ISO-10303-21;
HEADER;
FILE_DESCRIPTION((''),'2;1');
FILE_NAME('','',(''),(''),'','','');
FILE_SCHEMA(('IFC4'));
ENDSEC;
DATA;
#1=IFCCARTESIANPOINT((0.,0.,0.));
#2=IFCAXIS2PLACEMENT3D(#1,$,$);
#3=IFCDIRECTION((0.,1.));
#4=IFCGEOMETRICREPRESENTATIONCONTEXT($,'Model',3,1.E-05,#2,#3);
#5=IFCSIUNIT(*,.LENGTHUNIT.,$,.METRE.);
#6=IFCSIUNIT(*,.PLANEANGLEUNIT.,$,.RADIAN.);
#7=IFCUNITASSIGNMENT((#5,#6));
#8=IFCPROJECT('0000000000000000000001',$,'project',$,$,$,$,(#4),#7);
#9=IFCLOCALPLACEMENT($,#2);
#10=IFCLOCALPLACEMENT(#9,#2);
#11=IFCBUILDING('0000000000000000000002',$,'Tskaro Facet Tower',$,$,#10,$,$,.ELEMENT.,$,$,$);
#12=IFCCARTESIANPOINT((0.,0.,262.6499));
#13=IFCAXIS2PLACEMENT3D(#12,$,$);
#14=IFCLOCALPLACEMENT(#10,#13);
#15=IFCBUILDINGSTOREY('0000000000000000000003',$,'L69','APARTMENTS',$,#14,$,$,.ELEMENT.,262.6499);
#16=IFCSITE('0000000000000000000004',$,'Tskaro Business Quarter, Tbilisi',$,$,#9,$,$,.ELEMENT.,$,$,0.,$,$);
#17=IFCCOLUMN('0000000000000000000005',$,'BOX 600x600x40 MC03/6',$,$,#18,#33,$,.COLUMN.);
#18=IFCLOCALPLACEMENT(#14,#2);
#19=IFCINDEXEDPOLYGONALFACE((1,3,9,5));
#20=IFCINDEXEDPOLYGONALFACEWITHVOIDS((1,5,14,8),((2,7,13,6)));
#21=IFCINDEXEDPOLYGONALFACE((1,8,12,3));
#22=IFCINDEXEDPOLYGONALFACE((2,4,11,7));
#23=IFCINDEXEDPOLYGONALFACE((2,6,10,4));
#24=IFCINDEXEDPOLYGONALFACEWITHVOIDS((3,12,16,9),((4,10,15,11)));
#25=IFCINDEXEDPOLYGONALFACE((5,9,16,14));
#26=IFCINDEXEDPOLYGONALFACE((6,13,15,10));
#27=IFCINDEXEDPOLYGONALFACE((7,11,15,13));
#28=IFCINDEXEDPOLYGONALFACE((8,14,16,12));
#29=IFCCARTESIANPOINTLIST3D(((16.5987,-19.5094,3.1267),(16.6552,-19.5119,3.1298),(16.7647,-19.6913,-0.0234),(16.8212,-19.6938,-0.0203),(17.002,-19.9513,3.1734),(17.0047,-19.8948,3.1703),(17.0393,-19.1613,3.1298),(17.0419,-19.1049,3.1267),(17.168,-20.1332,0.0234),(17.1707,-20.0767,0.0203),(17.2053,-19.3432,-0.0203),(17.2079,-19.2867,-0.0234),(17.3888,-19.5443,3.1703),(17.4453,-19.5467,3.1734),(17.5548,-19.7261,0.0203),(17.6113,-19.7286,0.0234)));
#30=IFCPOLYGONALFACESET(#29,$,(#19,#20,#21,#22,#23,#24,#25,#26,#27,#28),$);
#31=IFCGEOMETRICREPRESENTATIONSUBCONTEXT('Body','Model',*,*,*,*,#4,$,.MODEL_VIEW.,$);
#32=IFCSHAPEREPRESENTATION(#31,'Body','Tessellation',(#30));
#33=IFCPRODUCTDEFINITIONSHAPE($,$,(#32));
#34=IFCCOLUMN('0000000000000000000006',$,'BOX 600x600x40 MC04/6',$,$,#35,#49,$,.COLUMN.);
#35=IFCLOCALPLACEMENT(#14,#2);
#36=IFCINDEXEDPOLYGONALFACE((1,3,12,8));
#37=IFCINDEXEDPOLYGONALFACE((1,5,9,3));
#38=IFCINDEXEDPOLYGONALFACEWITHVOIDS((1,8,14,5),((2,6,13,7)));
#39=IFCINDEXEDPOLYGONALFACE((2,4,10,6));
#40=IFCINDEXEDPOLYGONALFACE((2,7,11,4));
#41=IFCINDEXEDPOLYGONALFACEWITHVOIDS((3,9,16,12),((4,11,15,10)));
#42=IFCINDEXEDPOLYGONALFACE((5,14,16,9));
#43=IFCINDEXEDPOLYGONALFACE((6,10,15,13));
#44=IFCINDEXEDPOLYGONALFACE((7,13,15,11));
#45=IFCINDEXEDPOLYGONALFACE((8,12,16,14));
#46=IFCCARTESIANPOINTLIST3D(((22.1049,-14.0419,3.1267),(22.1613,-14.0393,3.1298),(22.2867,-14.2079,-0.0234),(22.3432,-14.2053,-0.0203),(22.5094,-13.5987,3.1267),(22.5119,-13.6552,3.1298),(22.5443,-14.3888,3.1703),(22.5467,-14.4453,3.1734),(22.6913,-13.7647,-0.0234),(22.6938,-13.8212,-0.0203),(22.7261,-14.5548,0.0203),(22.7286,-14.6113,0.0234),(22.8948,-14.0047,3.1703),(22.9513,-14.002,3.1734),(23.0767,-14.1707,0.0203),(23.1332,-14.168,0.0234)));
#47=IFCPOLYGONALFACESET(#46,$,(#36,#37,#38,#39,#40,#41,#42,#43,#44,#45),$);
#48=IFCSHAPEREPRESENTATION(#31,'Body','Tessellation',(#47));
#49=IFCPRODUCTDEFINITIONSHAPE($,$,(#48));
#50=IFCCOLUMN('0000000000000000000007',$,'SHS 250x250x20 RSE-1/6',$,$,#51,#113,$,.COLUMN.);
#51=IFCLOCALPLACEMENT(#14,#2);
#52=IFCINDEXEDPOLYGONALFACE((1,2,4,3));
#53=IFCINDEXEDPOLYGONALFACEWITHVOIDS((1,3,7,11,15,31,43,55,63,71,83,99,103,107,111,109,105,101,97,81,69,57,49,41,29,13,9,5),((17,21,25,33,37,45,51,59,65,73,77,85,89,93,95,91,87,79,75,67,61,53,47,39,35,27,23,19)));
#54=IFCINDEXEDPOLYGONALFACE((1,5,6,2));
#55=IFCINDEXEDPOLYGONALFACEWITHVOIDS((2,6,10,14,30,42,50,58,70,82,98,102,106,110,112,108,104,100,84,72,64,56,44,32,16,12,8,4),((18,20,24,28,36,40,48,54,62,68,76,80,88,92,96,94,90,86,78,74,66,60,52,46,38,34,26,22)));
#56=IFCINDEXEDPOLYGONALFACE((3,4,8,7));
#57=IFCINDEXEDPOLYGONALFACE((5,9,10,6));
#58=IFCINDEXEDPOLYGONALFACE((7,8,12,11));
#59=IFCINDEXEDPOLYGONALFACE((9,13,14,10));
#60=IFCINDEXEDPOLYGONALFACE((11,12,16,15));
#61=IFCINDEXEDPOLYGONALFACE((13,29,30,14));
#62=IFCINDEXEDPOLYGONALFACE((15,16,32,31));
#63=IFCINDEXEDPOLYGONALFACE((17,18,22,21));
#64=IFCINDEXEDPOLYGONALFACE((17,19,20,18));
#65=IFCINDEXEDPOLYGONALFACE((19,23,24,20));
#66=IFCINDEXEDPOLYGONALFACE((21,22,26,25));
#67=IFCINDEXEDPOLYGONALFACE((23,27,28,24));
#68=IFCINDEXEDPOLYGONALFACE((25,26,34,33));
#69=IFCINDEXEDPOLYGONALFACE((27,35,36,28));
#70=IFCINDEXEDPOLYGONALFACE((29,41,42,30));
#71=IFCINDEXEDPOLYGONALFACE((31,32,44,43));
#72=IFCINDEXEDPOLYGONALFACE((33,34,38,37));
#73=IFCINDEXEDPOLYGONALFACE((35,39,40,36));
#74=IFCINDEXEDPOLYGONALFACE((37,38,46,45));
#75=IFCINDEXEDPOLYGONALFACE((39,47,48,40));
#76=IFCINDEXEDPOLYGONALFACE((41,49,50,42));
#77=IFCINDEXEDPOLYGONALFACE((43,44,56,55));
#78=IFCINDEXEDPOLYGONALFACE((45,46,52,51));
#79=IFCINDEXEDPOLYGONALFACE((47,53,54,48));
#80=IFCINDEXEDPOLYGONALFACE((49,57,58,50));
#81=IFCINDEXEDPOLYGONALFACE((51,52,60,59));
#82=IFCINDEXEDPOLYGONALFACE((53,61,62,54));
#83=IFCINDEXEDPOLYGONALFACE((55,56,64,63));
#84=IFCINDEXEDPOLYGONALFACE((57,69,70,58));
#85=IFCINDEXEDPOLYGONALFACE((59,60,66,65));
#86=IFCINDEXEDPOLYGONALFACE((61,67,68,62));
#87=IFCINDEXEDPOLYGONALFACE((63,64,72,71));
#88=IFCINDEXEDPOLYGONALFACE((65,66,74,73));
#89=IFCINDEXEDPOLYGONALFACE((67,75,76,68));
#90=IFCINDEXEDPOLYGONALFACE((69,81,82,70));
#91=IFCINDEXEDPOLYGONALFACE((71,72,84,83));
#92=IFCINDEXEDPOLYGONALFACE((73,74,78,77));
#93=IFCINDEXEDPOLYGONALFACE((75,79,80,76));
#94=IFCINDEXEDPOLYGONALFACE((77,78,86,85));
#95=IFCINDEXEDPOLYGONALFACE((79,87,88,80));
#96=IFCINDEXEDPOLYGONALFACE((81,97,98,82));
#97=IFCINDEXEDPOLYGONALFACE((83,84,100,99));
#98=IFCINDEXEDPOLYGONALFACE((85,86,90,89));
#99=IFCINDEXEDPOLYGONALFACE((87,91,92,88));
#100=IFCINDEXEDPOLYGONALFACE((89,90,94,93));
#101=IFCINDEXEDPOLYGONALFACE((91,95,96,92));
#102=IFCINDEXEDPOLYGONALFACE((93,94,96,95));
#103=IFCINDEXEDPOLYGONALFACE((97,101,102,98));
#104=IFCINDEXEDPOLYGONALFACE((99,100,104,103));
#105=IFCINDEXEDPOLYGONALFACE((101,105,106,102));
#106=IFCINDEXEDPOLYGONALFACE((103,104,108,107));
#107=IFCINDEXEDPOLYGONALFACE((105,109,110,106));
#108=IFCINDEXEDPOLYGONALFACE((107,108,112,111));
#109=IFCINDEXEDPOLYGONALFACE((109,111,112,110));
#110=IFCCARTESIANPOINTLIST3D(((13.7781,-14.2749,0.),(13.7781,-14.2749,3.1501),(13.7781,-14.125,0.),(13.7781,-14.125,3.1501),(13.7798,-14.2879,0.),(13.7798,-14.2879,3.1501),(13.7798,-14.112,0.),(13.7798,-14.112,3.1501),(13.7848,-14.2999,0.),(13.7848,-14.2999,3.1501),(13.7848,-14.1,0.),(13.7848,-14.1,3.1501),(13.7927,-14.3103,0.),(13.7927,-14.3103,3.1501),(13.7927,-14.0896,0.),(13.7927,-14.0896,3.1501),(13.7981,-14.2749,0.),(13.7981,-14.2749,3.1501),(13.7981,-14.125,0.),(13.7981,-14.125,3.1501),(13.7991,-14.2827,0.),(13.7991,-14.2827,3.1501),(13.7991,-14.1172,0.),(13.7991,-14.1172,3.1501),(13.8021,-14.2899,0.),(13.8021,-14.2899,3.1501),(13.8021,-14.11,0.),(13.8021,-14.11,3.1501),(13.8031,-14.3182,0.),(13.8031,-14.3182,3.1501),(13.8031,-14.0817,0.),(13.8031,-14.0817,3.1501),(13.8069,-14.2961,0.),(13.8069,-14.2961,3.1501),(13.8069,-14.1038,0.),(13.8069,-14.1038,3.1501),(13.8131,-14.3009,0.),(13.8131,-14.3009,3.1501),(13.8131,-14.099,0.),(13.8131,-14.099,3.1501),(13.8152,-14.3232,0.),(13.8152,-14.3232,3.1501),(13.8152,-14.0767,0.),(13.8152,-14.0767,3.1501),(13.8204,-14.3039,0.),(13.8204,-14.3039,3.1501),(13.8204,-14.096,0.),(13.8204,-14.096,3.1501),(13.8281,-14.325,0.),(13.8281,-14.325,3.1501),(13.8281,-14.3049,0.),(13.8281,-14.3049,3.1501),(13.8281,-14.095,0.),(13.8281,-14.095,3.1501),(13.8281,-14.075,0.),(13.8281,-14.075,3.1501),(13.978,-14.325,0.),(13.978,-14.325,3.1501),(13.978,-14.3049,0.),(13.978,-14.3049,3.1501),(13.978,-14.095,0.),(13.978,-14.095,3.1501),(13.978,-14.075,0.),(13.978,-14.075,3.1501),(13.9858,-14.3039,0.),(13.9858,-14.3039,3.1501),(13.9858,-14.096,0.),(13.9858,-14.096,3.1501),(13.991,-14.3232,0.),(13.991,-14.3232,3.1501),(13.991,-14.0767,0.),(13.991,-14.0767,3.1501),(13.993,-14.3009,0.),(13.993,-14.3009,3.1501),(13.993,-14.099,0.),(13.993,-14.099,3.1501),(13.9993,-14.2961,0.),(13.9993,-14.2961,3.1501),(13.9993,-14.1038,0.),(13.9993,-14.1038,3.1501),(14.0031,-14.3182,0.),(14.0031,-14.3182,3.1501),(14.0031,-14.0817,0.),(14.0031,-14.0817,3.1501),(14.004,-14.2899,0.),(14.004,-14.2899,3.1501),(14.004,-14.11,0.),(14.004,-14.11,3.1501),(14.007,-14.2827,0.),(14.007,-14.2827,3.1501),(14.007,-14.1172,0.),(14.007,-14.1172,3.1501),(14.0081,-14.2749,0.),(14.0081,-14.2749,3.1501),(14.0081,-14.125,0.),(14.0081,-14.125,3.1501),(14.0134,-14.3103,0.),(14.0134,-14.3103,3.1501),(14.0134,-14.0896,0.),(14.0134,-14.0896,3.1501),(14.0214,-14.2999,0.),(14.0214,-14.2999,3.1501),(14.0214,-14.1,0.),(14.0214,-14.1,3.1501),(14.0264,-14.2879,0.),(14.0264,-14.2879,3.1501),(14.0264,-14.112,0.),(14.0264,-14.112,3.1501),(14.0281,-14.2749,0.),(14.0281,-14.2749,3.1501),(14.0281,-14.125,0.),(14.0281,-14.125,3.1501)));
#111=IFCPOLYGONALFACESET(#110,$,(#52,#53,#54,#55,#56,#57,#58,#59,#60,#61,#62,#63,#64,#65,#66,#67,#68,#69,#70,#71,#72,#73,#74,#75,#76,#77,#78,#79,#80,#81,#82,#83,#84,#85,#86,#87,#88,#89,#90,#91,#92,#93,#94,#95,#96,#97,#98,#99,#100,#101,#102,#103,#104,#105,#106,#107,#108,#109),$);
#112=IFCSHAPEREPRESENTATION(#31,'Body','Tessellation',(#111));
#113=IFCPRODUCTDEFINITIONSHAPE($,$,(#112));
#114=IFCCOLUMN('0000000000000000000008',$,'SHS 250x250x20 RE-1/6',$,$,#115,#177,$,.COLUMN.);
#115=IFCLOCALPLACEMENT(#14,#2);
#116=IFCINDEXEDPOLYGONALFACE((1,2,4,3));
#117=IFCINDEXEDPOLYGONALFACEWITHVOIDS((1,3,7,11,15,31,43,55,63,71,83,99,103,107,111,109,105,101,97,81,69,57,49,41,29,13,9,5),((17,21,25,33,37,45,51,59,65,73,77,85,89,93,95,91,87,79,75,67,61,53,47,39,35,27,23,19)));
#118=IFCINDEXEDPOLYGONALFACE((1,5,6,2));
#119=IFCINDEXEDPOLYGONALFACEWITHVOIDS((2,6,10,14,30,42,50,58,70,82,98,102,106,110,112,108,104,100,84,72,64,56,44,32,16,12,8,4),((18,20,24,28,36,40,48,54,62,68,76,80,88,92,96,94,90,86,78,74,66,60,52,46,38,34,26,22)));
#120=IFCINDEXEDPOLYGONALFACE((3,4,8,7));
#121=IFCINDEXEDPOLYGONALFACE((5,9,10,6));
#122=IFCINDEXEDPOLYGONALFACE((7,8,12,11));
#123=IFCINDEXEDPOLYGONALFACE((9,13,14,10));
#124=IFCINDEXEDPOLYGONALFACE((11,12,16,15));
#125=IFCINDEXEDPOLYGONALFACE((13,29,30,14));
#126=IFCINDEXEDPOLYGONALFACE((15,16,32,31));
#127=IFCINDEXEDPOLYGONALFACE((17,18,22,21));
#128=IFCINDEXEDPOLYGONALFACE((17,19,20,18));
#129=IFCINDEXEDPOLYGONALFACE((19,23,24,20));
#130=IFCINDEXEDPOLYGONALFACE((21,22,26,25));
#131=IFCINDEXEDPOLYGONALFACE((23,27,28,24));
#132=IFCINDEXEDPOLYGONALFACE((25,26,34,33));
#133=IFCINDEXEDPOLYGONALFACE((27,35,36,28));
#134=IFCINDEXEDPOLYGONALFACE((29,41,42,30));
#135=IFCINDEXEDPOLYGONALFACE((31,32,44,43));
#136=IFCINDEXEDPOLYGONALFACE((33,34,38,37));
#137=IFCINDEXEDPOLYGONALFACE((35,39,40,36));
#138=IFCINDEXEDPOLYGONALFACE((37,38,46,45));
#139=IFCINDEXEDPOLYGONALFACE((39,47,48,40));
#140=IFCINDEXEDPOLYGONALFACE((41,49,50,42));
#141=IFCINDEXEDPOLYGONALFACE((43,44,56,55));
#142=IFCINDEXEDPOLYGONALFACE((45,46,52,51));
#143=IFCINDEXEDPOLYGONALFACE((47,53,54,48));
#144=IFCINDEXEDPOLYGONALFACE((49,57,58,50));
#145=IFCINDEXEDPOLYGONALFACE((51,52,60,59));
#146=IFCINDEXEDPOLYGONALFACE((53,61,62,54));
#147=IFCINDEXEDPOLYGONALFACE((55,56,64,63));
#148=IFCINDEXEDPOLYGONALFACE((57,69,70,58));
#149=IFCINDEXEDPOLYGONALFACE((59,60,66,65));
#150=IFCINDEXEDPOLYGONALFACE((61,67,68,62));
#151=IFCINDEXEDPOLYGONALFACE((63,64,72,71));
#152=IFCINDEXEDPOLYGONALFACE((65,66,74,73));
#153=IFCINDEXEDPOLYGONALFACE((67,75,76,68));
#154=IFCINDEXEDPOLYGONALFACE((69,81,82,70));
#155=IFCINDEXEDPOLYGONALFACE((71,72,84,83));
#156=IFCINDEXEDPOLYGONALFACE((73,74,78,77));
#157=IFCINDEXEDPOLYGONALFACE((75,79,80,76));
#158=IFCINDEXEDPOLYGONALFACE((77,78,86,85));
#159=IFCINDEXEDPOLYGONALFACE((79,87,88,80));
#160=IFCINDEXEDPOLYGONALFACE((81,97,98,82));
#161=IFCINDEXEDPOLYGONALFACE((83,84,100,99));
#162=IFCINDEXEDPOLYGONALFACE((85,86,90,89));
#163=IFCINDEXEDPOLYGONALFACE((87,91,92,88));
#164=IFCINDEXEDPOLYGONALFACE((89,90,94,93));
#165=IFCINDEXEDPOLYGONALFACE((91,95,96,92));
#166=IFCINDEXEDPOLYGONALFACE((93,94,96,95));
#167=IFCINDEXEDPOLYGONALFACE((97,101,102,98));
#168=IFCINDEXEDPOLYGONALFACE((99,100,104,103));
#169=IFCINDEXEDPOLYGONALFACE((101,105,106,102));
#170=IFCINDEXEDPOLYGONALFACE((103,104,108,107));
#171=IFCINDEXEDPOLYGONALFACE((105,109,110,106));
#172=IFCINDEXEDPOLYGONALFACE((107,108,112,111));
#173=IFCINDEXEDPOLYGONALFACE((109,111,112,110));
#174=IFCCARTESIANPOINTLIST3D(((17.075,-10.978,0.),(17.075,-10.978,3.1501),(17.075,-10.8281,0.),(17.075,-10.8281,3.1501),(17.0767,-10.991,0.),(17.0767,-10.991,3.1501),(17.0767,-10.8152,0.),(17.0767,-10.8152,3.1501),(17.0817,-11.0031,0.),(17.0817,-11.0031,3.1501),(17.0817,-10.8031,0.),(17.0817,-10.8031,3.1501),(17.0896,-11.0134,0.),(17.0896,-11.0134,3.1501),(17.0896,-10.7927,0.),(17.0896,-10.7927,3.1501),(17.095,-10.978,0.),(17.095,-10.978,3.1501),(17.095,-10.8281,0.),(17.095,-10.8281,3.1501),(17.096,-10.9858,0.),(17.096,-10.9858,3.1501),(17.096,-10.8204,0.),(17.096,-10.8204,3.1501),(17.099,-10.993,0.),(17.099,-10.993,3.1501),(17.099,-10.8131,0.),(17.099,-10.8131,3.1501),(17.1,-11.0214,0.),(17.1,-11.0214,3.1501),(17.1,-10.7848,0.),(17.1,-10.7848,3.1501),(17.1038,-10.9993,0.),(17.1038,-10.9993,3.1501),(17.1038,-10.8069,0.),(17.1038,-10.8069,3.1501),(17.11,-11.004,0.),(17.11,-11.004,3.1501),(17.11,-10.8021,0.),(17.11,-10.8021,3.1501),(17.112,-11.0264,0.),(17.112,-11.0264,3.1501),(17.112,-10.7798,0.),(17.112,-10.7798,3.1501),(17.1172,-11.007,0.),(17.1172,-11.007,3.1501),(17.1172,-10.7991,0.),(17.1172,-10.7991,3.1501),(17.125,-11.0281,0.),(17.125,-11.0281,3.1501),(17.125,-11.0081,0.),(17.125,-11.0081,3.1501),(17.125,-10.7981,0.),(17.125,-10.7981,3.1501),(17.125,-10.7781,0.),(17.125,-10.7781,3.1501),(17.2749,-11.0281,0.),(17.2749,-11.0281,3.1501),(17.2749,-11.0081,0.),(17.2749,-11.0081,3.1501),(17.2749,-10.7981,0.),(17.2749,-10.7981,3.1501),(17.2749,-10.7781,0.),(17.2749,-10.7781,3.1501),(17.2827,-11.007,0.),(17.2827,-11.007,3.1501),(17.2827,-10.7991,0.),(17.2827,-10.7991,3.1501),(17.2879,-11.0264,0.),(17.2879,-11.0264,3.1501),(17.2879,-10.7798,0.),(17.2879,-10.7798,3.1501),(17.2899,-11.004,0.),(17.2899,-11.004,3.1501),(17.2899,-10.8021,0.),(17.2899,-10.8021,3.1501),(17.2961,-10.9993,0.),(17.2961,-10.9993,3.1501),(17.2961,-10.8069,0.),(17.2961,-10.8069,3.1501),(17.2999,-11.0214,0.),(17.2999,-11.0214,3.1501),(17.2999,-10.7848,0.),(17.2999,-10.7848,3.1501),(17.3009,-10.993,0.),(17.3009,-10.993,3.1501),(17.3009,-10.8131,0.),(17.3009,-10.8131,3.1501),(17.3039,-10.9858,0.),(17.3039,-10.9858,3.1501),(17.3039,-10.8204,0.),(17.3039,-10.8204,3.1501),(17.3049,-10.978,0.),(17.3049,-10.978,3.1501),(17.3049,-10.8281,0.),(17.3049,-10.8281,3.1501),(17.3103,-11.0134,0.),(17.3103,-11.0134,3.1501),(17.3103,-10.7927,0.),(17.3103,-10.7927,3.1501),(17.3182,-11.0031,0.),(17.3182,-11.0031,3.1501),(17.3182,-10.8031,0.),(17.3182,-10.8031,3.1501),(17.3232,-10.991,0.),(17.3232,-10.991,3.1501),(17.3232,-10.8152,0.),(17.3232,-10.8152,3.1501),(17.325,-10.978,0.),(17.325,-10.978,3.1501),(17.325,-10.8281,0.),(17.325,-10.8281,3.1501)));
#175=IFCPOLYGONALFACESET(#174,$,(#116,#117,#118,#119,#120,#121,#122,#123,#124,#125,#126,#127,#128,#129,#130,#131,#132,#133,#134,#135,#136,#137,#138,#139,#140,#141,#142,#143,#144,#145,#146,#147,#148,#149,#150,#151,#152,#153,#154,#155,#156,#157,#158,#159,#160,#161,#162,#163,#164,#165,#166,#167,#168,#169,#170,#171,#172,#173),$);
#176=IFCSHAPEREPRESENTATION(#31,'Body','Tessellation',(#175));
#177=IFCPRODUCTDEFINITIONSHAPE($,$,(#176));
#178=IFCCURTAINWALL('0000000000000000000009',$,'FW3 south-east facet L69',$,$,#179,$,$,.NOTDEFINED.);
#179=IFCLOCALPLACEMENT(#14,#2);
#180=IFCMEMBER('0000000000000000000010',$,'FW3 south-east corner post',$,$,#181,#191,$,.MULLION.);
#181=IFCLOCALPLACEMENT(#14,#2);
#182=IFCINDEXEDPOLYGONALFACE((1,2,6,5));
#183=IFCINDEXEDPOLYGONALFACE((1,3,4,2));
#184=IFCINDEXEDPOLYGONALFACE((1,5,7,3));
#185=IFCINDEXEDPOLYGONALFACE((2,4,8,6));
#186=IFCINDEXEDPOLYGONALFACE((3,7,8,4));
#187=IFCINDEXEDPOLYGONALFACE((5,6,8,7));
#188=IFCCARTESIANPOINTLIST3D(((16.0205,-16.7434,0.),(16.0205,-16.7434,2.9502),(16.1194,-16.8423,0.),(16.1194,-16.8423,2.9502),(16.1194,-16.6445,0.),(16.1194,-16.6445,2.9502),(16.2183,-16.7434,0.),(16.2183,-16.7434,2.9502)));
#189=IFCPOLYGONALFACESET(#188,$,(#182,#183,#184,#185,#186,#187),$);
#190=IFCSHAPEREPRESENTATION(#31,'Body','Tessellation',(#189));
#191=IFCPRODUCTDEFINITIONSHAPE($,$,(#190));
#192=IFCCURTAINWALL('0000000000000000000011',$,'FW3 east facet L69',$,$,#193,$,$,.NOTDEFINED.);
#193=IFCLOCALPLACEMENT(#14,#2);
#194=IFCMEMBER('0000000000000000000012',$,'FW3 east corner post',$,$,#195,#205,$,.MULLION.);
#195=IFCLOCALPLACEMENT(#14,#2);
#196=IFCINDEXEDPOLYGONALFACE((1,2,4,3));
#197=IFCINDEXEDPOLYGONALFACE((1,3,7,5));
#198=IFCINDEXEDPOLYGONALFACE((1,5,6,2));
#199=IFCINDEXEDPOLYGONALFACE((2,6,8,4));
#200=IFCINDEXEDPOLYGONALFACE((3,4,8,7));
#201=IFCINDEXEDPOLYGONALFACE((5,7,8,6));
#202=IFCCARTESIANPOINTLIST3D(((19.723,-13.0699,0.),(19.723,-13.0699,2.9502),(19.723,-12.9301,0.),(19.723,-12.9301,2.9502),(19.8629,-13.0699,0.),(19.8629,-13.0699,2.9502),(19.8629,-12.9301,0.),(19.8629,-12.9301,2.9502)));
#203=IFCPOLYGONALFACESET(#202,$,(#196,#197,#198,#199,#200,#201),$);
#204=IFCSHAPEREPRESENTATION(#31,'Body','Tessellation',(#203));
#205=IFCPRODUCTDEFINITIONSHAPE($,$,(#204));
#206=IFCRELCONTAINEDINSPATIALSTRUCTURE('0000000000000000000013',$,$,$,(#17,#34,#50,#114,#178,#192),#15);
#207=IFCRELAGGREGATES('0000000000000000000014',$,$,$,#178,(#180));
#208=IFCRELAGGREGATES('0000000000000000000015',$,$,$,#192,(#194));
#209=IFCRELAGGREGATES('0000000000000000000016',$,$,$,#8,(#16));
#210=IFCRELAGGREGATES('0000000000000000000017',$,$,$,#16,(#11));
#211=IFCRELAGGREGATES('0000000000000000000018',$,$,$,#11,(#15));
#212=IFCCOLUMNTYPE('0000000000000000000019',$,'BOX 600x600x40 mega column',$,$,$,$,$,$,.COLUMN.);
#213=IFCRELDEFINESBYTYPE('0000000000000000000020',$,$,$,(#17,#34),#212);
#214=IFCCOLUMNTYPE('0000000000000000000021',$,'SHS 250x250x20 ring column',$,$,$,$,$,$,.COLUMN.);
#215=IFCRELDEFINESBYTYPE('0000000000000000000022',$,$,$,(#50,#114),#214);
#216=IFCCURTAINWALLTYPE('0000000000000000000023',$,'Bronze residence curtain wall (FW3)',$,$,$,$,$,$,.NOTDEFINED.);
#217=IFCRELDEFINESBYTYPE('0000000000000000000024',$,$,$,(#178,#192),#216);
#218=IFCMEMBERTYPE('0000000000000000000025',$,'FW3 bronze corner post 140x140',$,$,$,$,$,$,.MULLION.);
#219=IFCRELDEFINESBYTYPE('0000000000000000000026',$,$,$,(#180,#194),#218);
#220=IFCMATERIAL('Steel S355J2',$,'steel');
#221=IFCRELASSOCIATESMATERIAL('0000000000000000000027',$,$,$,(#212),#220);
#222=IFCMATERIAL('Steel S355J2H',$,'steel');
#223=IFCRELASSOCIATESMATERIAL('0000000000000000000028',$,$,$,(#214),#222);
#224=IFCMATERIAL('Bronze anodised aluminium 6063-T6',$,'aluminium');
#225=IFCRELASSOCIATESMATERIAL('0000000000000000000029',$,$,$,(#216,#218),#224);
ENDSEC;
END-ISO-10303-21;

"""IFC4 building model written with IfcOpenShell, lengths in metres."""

from ifc_helpers import new_model, si_unit, direction, frame, origin, origin_2d, place, context, subcontext, project, spatial, rectangle, hollow_rectangle, extrude, material, material_profile, profile_set, type_object, element, aggregate, save


model = new_model("IFC4")

# Units and contexts
model_context = context("Model", 3, precision=1e-05, world=origin(), true_north=direction((0.0, 1.0)))
body_context = subcontext(model_context, "Body", "Model", "MODEL_VIEW")
ifc_project = project(units=[si_unit("LENGTHUNIT", "METRE"), si_unit("PLANEANGLEUNIT", "RADIAN")], contexts=[model_context])

# Site, building, storey
site_placement = place(None, origin())
site = spatial("IfcSite", under=ifc_project, at=site_placement, Name="Tskaro Business Quarter, Tbilisi", CompositionType="ELEMENT", RefElevation=0.0)
building_placement = place(site_placement, origin())
building = spatial("IfcBuilding", under=site, at=building_placement, Name="Tskaro Facet Tower", CompositionType="ELEMENT")
storey_placement = place(building_placement, frame((0.0, 0.0, 262.6499)))
storey = spatial("IfcBuildingStorey", under=building, at=storey_placement, Name="L69", Description="APARTMENTS", CompositionType="ELEMENT", Elevation=262.6499)

# Columns
ifc_material_1 = material(Name="Steel S355J2", Category="steel")
ifc_material_profile_1 = material_profile(ifc_material_1, hollow_rectangle(XDim=0.6001, YDim=0.6001, WallThickness=0.04, at=origin_2d()), Name="BOX 600x600x40")
ifc_profile_set_1 = profile_set([ifc_material_profile_1], Name="Steel S355J2")
column_type_1 = type_object("IfcColumnType", Name="BOX 600x600x40 mega column", PredefinedType="COLUMN", material=ifc_profile_set_1)
for number, where, z_axis, x_axis, name in (
    (1, (17.188, -19.71, 0.0), (-0.052541, 0.057563, 0.996958), (-0.738593, -0.674152, 0.0), "BOX 600x600x40 MC03/6"),
    (2, (22.71, -14.188, 0.0), (-0.057563, 0.052541, 0.996958), (-0.674152, -0.738593, 0.0), "BOX 600x600x40 MC04/6"),
):
    element("IfcColumn", number, at=place(storey_placement, frame(where, z_axis=z_axis, x_axis=x_axis)), inside=storey, type_object=column_type_1, Name=name, PredefinedType="COLUMN", context=body_context, shape_type="SweptSolid", body=[
        extrude(hollow_rectangle(XDim=0.6001, YDim=0.6001, WallThickness=0.04, at=origin_2d()), origin(), (0.0, 0.0, 1.0), 3.1597),
    ])
ifc_material_2 = material(Name="Steel S355J2H", Category="steel")
ifc_material_profile_2 = material_profile(ifc_material_2, hollow_rectangle(XDim=0.25, YDim=0.25, WallThickness=0.02, InnerFilletRadius=0.03, OuterFilletRadius=0.05, at=origin_2d()), Name="SHS 250x250x20")
ifc_profile_set_2 = profile_set([ifc_material_profile_2], Name="Steel S355J2H")
column_type_2 = type_object("IfcColumnType", Name="SHS 250x250x20 ring column", PredefinedType="COLUMN", material=ifc_profile_set_2)
for number, where, z_axis, x_axis, name in (
    (3, (13.9031, -14.2, 0.0), (0.0, 0.0, 1.0), (1.0, 0.0, 0.0), "SHS 250x250x20 RSE-1/6"),
    (4, (17.2, -10.9031, 0.0), (0.0, 0.0, 1.0), (1.0, 0.0, 0.0), "SHS 250x250x20 RE-1/6"),
):
    element("IfcColumn", number, at=place(storey_placement, frame(where, z_axis=z_axis, x_axis=x_axis)), inside=storey, type_object=column_type_2, Name=name, PredefinedType="COLUMN", context=body_context, shape_type="SweptSolid", body=[
        extrude(hollow_rectangle(XDim=0.25, YDim=0.25, WallThickness=0.02, InnerFilletRadius=0.03, OuterFilletRadius=0.05, at=origin_2d()), origin(), (0.0, 0.0, 1.0), 3.1501),
    ])

# Curtain walls, members
ifc_material_3 = material(Name="Bronze anodised aluminium 6063-T6", Category="aluminium")
curtain_wall_type = type_object("IfcCurtainWallType", Name="Bronze residence curtain wall (FW3)", PredefinedType="NOTDEFINED", material=ifc_material_3)
curtain_wall_1_placement = place(storey_placement, origin())
curtain_wall_1 = element("IfcCurtainWall", 5, at=curtain_wall_1_placement, inside=storey, type_object=curtain_wall_type, Name="FW3 south-east facet L69", PredefinedType="NOTDEFINED")
ifc_material_profile_3 = material_profile(ifc_material_3, rectangle(XDim=0.1399, YDim=0.1399, at=origin_2d()), Name="Corner post 140x140")
ifc_profile_set_3 = profile_set([ifc_material_profile_3], Name="Bronze anodised aluminium 6063-T6")
member_type_1 = type_object("IfcMemberType", Name="FW3 bronze corner post 140x140", PredefinedType="MULLION", material=ifc_profile_set_3)
member_1_placement = place(storey_placement, frame((16.1194, -16.7434, 0.0), z_axis=(0.0, 0.0, 1.0), x_axis=(0.707107, 0.707107, 0.0)))
member_1 = element("IfcMember", 6, at=member_1_placement, type_object=member_type_1, Name="FW3 south-east corner post", PredefinedType="MULLION", context=body_context, shape_type="SweptSolid", body=[
    extrude(rectangle(XDim=0.1399, YDim=0.1399, at=origin_2d()), origin(), (0.0, 0.0, 1.0), 2.9502),
])
curtain_wall_2_placement = place(storey_placement, origin())
curtain_wall_2 = element("IfcCurtainWall", 7, at=curtain_wall_2_placement, inside=storey, type_object=curtain_wall_type, Name="FW3 east facet L69", PredefinedType="NOTDEFINED")
member_2_placement = place(storey_placement, frame((19.793, -13.0, 0.0), z_axis=(0.0, 0.0, 1.0), x_axis=(0.0, 1.0, 0.0)))
member_2 = element("IfcMember", 8, at=member_2_placement, type_object=member_type_1, Name="FW3 east corner post", PredefinedType="MULLION", context=body_context, shape_type="SweptSolid", body=[
    extrude(rectangle(XDim=0.1399, YDim=0.1399, at=origin_2d()), origin(), (0.0, 0.0, 1.0), 2.9502),
])

aggregate(curtain_wall_1, [member_1])
aggregate(curtain_wall_2, [member_2])

save(model, "model.ifc")
